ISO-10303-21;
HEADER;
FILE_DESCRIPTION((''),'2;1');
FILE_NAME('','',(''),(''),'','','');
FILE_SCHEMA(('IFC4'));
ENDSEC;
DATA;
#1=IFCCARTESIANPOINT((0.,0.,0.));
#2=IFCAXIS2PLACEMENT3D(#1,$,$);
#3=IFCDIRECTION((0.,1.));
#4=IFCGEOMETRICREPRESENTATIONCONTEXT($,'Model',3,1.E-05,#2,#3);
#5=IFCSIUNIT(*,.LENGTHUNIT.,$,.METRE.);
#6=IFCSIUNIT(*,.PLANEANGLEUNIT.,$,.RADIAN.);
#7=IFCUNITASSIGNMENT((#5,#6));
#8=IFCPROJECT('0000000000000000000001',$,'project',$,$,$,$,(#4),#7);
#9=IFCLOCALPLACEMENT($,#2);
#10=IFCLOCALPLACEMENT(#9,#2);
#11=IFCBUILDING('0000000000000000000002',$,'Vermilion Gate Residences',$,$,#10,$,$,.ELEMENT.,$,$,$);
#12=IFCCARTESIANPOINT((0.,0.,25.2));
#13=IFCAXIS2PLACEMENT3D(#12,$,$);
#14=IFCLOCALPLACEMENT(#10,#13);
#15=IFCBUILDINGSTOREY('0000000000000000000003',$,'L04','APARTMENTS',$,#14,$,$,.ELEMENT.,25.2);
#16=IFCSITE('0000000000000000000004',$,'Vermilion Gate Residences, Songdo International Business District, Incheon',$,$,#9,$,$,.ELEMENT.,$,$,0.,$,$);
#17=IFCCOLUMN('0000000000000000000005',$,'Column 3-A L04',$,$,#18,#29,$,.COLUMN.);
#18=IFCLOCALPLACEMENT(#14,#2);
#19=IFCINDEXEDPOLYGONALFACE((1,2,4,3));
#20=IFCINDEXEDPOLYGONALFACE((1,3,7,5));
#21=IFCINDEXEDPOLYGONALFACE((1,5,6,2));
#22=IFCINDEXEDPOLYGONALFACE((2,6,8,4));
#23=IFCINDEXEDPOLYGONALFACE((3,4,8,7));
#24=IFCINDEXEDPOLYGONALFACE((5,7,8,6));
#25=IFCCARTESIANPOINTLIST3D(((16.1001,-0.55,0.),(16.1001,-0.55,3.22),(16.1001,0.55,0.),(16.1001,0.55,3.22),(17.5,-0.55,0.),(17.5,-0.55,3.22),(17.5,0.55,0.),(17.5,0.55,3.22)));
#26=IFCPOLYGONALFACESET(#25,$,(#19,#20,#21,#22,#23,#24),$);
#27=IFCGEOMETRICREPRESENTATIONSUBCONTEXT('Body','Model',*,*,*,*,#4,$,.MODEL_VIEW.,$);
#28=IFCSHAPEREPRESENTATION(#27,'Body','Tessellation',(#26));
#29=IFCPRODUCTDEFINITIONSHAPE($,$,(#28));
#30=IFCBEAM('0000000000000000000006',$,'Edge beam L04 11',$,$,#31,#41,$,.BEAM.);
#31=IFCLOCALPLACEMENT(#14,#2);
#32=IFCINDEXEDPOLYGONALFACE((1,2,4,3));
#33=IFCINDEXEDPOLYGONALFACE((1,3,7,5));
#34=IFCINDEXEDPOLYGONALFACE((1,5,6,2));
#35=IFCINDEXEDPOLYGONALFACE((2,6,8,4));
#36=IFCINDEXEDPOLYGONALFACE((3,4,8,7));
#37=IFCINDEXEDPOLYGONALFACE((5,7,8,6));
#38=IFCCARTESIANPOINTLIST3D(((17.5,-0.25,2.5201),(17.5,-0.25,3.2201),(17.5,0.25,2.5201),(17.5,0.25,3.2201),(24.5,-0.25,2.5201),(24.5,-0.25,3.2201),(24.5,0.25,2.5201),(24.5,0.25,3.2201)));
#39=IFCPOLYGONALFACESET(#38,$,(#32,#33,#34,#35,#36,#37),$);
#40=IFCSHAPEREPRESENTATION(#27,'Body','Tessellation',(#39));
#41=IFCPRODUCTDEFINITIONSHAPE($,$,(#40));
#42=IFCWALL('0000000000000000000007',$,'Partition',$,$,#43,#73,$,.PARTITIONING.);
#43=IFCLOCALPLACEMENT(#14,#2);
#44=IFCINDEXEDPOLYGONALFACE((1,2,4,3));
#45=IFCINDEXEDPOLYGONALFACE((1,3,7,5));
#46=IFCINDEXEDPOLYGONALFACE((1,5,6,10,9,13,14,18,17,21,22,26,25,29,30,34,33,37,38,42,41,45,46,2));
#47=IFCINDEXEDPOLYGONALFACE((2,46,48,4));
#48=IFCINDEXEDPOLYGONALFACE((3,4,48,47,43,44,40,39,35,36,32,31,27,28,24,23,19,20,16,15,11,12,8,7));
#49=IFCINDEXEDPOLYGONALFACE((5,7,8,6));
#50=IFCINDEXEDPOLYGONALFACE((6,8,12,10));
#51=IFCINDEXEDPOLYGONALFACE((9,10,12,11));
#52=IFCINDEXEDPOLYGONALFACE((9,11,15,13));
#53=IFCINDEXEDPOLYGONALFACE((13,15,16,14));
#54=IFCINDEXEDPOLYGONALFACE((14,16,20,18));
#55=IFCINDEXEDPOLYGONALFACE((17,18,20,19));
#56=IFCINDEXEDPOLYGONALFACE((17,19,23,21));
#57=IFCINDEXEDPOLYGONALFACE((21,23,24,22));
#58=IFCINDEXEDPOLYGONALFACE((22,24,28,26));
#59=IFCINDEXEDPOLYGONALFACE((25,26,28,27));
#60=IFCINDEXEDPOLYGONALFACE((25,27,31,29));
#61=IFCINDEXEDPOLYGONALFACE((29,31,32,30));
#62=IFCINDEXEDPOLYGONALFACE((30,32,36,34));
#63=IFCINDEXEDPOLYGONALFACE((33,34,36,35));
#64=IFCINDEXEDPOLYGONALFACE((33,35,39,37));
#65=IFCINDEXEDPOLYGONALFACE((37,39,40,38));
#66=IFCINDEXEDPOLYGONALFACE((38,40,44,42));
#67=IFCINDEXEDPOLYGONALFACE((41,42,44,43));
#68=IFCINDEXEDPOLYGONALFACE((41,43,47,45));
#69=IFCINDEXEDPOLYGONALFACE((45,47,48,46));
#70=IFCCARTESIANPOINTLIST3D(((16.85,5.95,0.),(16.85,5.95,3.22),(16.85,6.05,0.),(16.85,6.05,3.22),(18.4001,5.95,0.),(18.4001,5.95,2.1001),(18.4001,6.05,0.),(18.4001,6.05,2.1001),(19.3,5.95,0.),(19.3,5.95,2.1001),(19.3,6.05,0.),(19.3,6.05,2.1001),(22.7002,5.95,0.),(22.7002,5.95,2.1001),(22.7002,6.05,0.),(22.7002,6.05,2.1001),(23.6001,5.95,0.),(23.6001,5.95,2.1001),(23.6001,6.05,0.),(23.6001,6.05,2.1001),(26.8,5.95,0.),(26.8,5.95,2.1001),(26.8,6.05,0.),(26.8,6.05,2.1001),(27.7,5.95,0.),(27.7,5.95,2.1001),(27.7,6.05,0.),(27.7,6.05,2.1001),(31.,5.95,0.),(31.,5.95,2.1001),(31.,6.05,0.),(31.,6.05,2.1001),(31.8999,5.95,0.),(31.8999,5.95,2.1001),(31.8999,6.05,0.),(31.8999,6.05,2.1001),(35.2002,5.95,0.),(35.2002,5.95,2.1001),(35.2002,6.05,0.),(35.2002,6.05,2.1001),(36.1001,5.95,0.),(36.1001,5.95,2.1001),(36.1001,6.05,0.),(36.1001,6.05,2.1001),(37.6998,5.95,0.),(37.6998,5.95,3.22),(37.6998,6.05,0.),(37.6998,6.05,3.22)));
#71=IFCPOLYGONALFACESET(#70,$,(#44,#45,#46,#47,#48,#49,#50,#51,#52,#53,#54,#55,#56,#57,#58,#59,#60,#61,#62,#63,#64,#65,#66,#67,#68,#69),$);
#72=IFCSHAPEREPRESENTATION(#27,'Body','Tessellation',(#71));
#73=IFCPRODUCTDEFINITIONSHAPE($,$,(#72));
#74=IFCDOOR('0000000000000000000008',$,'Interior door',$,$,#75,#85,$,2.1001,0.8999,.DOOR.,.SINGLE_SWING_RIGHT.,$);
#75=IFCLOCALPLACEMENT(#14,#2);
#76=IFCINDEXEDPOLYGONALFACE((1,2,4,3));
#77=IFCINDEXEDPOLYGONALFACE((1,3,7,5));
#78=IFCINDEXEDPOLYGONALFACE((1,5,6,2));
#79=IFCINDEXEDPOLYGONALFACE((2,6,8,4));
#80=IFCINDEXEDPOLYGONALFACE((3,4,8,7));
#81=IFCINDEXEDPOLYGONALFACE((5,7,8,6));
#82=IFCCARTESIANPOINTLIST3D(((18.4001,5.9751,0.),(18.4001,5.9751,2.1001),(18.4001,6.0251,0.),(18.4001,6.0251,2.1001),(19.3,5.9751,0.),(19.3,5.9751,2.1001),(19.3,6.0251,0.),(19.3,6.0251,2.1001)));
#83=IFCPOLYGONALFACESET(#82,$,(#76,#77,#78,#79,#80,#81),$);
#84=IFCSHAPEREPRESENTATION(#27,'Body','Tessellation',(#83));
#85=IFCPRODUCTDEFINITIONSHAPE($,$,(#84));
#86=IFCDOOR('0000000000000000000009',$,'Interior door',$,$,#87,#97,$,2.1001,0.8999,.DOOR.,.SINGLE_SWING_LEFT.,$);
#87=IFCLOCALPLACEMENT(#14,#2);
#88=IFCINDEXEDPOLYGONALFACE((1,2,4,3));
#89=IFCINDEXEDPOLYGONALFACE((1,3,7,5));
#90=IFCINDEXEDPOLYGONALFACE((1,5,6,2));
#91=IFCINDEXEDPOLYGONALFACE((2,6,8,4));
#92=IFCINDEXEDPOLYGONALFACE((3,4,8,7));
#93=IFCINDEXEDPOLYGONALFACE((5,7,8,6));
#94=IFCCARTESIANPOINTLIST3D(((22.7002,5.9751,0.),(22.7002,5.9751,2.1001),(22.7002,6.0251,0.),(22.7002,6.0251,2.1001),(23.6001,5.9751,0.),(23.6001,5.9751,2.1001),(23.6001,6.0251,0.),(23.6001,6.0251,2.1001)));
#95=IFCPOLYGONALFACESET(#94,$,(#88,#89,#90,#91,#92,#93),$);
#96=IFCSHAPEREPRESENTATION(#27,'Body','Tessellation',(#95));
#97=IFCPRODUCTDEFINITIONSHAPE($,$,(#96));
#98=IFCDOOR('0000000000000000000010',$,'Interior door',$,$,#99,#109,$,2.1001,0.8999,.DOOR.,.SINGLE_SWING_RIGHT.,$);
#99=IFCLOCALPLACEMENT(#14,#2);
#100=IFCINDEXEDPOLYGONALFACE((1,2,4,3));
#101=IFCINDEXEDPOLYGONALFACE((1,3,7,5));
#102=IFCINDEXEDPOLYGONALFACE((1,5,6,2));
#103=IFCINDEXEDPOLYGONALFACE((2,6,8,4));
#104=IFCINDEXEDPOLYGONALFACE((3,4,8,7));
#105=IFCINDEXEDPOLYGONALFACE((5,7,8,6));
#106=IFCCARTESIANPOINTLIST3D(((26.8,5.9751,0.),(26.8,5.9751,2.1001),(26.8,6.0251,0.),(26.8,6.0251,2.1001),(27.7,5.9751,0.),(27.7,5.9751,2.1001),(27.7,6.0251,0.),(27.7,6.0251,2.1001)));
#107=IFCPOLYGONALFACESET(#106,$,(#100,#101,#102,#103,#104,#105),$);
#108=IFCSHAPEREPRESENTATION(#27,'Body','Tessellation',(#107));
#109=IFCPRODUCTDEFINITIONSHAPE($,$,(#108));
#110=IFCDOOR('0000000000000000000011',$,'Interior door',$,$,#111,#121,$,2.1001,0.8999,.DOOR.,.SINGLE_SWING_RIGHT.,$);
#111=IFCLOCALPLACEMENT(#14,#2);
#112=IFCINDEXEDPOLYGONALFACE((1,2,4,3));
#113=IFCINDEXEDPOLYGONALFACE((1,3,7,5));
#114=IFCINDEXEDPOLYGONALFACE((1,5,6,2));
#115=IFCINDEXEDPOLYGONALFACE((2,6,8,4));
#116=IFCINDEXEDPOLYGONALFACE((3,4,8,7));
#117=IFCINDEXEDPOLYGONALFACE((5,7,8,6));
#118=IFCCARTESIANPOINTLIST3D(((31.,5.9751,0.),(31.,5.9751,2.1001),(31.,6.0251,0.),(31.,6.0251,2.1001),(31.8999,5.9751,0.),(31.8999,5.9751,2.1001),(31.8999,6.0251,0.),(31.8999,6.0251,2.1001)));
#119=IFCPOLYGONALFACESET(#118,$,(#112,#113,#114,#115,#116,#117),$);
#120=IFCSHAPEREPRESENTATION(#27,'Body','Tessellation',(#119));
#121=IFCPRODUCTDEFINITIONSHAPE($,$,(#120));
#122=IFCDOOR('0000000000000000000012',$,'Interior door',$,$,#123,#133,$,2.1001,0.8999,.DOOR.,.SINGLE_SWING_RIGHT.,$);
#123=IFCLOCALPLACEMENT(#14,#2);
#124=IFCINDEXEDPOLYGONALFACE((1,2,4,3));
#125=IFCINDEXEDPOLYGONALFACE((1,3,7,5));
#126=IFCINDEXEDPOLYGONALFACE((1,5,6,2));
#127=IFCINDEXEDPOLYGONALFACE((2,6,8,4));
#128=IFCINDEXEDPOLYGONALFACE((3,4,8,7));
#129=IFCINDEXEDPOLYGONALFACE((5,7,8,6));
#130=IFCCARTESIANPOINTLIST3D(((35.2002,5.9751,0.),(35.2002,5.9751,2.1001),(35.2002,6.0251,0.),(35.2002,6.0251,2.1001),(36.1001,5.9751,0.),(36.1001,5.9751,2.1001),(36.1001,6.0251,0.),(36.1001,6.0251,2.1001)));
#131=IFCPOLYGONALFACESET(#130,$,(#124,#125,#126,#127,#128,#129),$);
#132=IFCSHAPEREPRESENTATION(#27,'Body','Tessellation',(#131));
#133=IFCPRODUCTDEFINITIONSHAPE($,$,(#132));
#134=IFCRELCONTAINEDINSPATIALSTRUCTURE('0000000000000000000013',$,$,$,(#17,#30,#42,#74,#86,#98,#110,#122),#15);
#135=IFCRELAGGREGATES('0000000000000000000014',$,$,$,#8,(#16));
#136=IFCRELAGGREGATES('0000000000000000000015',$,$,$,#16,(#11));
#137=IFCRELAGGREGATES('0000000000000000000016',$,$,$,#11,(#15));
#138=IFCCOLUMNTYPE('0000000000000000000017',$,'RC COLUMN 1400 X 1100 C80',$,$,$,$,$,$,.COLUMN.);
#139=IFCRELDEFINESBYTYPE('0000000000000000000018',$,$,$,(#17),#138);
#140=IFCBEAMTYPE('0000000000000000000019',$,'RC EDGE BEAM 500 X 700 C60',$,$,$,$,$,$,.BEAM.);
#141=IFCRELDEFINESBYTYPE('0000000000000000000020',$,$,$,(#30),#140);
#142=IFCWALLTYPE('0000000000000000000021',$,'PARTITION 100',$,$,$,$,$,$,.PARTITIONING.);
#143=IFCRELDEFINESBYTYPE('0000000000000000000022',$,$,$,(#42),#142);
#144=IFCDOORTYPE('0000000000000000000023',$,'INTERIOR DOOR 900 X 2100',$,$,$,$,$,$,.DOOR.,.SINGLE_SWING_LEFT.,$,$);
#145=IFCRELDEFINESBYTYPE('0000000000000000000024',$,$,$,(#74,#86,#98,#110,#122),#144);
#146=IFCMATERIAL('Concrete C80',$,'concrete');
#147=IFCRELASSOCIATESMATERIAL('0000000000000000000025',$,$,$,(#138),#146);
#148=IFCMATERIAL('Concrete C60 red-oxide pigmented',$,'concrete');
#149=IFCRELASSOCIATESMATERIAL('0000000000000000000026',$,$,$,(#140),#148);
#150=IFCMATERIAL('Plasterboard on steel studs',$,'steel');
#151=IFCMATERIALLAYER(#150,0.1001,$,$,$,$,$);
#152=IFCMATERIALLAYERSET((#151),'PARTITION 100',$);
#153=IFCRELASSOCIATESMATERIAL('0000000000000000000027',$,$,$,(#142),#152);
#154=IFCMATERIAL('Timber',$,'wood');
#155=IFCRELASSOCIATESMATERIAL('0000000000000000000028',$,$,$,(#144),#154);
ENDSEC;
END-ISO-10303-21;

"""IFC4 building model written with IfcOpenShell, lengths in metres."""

from ifc_helpers import new_model, si_unit, direction, frame, frame_2d, origin, origin_2d, place, context, subcontext, project, spatial, rectangle, extrude, material, layer, layer_set, material_profile, profile_set, type_object, element, fill, save


model = new_model("IFC4")

# Units and contexts
model_context = context("Model", 3, precision=1e-05, world=origin(), true_north=direction((0.0, 1.0)))
body_context = subcontext(model_context, "Body", "Model", "MODEL_VIEW")
ifc_project = project(units=[si_unit("LENGTHUNIT", "METRE"), si_unit("PLANEANGLEUNIT", "RADIAN")], contexts=[model_context])

# Site, building, storey
site_placement = place(None, origin())
site = spatial("IfcSite", under=ifc_project, at=site_placement, Name="Vermilion Gate Residences, Songdo International Business District, Incheon", CompositionType="ELEMENT", RefElevation=0.0)
building_placement = place(site_placement, origin())
building = spatial("IfcBuilding", under=site, at=building_placement, Name="Vermilion Gate Residences", CompositionType="ELEMENT")
storey_placement = place(building_placement, frame((0.0, 0.0, 25.2)))
storey = spatial("IfcBuildingStorey", under=building, at=storey_placement, Name="L04", Description="APARTMENTS", CompositionType="ELEMENT", Elevation=25.2)

# Column
ifc_material_1 = material(Name="Concrete C80", Category="concrete")
ifc_material_profile_1 = material_profile(ifc_material_1, rectangle(XDim=1.3999, YDim=1.1001, at=origin_2d()), Name="RC-1400x1100")
ifc_profile_set_1 = profile_set([ifc_material_profile_1], Name="Concrete C80")
column_type = type_object("IfcColumnType", Name="RC COLUMN 1400 X 1100 C80", PredefinedType="COLUMN", material=ifc_profile_set_1)
column_placement = place(storey_placement, frame((16.8, 0.0, 0.0), z_axis=(0.0, 0.0, 1.0), x_axis=(1.0, 0.0, 0.0)))
element("IfcColumn", 1, at=column_placement, inside=storey, type_object=column_type, Name="Column 3-A L04", PredefinedType="COLUMN", context=body_context, shape_type="SweptSolid", body=[
    extrude(rectangle(XDim=1.3999, YDim=1.1001, at=origin_2d()), origin(), (0.0, 0.0, 1.0), 3.22),
])

# Beam
ifc_material_2 = material(Name="Concrete C60 red-oxide pigmented", Category="concrete")
ifc_material_profile_2 = material_profile(ifc_material_2, rectangle(XDim=0.5, YDim=0.7, at=origin_2d()), Name="RC-500x700")
ifc_profile_set_2 = profile_set([ifc_material_profile_2], Name="Concrete C60 red-oxide pigmented")
beam_type = type_object("IfcBeamType", Name="RC EDGE BEAM 500 X 700 C60", PredefinedType="BEAM", material=ifc_profile_set_2)
beam_placement = place(storey_placement, frame((17.5, 0.0, 2.8701), z_axis=(1.0, 0.0, 0.0), x_axis=(0.0, 1.0, 0.0)))
element("IfcBeam", 2, at=beam_placement, inside=storey, type_object=beam_type, Name="Edge beam L04 11", PredefinedType="BEAM", context=body_context, shape_type="SweptSolid", body=[
    extrude(rectangle(XDim=0.5, YDim=0.7, at=origin_2d()), origin(), (0.0, 0.0, 1.0), 7.0),
])

# Wall, openings, doors
ifc_material_3 = material(Name="Plasterboard on steel studs", Category="steel")
ifc_layer_1 = layer(ifc_material_3, 0.1001)
ifc_layer_set_1 = layer_set([ifc_layer_1], Name="PARTITION 100")
wall_type_1 = type_object("IfcWallType", Name="PARTITION 100", PredefinedType="PARTITIONING", material=ifc_layer_set_1)
wall_1_placement = place(storey_placement, frame((16.8501, 6.0, 0.0), z_axis=(0.0, 0.0, 1.0), x_axis=(1.0, 0.0, 0.0)))
wall_1 = element("IfcWall", 3, at=wall_1_placement, inside=storey, type_object=wall_type_1, Name="Partition", PredefinedType="PARTITIONING", context=body_context, shape_type="SweptSolid", body=[
    extrude(rectangle(XDim=20.8499, YDim=0.1001, at=frame_2d((10.4248, 0.0))), origin(), (0.0, 0.0, 1.0), 3.22),
])
opening_1_placement = place(wall_1_placement, frame((1.55, 0.0, 0.0)))
opening_1 = element("IfcOpeningElement", 4, at=opening_1_placement, cuts=wall_1, PredefinedType="OPENING", context=body_context, shape_type="SweptSolid", body=[
    extrude(rectangle(XDim=0.8999, YDim=2.1001, at=frame_2d((0.45, 1.05))), frame((0.0, 0.0601, 0.0), z_axis=(0.0, -1.0, 0.0), x_axis=(1.0, 0.0, 0.0)), (0.0, 0.0, 1.0), 0.1201),
])
opening_2_placement = place(wall_1_placement, frame((5.8501, 0.0, 0.0)))
opening_2 = element("IfcOpeningElement", 5, at=opening_2_placement, cuts=wall_1, PredefinedType="OPENING", context=body_context, shape_type="SweptSolid", body=[
    extrude(rectangle(XDim=0.8999, YDim=2.1001, at=frame_2d((0.45, 1.05))), frame((0.0, 0.0601, 0.0), z_axis=(0.0, -1.0, 0.0), x_axis=(1.0, 0.0, 0.0)), (0.0, 0.0, 1.0), 0.1201),
])
opening_3_placement = place(wall_1_placement, frame((9.95, 0.0, 0.0)))
opening_3 = element("IfcOpeningElement", 6, at=opening_3_placement, cuts=wall_1, PredefinedType="OPENING", context=body_context, shape_type="SweptSolid", body=[
    extrude(rectangle(XDim=0.8999, YDim=2.1001, at=frame_2d((0.45, 1.05))), frame((0.0, 0.0601, 0.0), z_axis=(0.0, -1.0, 0.0), x_axis=(1.0, 0.0, 0.0)), (0.0, 0.0, 1.0), 0.1201),
])
opening_4_placement = place(wall_1_placement, frame((14.1499, 0.0, 0.0)))
opening_4 = element("IfcOpeningElement", 7, at=opening_4_placement, cuts=wall_1, PredefinedType="OPENING", context=body_context, shape_type="SweptSolid", body=[
    extrude(rectangle(XDim=0.8999, YDim=2.1001, at=frame_2d((0.45, 1.05))), frame((0.0, 0.0601, 0.0), z_axis=(0.0, -1.0, 0.0), x_axis=(1.0, 0.0, 0.0)), (0.0, 0.0, 1.0), 0.1201),
])
opening_5_placement = place(wall_1_placement, frame((18.3501, 0.0, 0.0)))
opening_5 = element("IfcOpeningElement", 8, at=opening_5_placement, cuts=wall_1, PredefinedType="OPENING", context=body_context, shape_type="SweptSolid", body=[
    extrude(rectangle(XDim=0.8999, YDim=2.1001, at=frame_2d((0.45, 1.05))), frame((0.0, 0.0601, 0.0), z_axis=(0.0, -1.0, 0.0), x_axis=(1.0, 0.0, 0.0)), (0.0, 0.0, 1.0), 0.1201),
])
ifc_material_4 = material(Name="Timber", Category="wood")
door_type = type_object("IfcDoorType", Name="INTERIOR DOOR 900 X 2100", OperationType="SINGLE_SWING_LEFT", PredefinedType="DOOR", material=ifc_material_4)
door_1_placement = place(opening_1_placement, frame((0.8999, 0.0, 0.0), z_axis=(0.0, 0.0, 1.0), x_axis=(-1.0, 0.0, 0.0)))
door_1 = element("IfcDoor", 9, at=door_1_placement, inside=storey, type_object=door_type, Name="Interior door", OperationType="SINGLE_SWING_RIGHT", OverallHeight=2.1001, OverallWidth=0.8999, PredefinedType="DOOR", context=body_context, shape_type="SweptSolid", body=[
    extrude(rectangle(XDim=0.8999, YDim=2.1001, at=frame_2d((0.45, 1.05))), frame((0.0, 0.0249, 0.0), z_axis=(0.0, -1.0, 0.0), x_axis=(1.0, 0.0, 0.0)), (0.0, 0.0, 1.0), 0.05),
])
fill(opening_1, door_1)
door_2_placement = place(opening_2_placement, frame((0.8999, 0.0, 0.0), z_axis=(0.0, 0.0, 1.0), x_axis=(-1.0, 0.0, 0.0)))
door_2 = element("IfcDoor", 10, at=door_2_placement, inside=storey, type_object=door_type, Name="Interior door", OperationType="SINGLE_SWING_LEFT", OverallHeight=2.1001, OverallWidth=0.8999, PredefinedType="DOOR", context=body_context, shape_type="SweptSolid", body=[
    extrude(rectangle(XDim=0.8999, YDim=2.1001, at=frame_2d((0.45, 1.05))), frame((0.0, 0.0249, 0.0), z_axis=(0.0, -1.0, 0.0), x_axis=(1.0, 0.0, 0.0)), (0.0, 0.0, 1.0), 0.05),
])
fill(opening_2, door_2)
door_3_placement = place(opening_3_placement, frame((0.8999, 0.0, 0.0), z_axis=(0.0, 0.0, 1.0), x_axis=(-1.0, 0.0, 0.0)))
door_3 = element("IfcDoor", 11, at=door_3_placement, inside=storey, type_object=door_type, Name="Interior door", OperationType="SINGLE_SWING_RIGHT", OverallHeight=2.1001, OverallWidth=0.8999, PredefinedType="DOOR", context=body_context, shape_type="SweptSolid", body=[
    extrude(rectangle(XDim=0.8999, YDim=2.1001, at=frame_2d((0.45, 1.05))), frame((0.0, 0.0249, 0.0), z_axis=(0.0, -1.0, 0.0), x_axis=(1.0, 0.0, 0.0)), (0.0, 0.0, 1.0), 0.05),
])
fill(opening_3, door_3)
door_4_placement = place(opening_4_placement, frame((0.8999, 0.0, 0.0), z_axis=(0.0, 0.0, 1.0), x_axis=(-1.0, 0.0, 0.0)))
door_4 = element("IfcDoor", 12, at=door_4_placement, inside=storey, type_object=door_type, Name="Interior door", OperationType="SINGLE_SWING_RIGHT", OverallHeight=2.1001, OverallWidth=0.8999, PredefinedType="DOOR", context=body_context, shape_type="SweptSolid", body=[
    extrude(rectangle(XDim=0.8999, YDim=2.1001, at=frame_2d((0.45, 1.05))), frame((0.0, 0.0249, 0.0), z_axis=(0.0, -1.0, 0.0), x_axis=(1.0, 0.0, 0.0)), (0.0, 0.0, 1.0), 0.05),
])
fill(opening_4, door_4)
door_5_placement = place(opening_5_placement, frame((0.8999, 0.0, 0.0), z_axis=(0.0, 0.0, 1.0), x_axis=(-1.0, 0.0, 0.0)))
door_5 = element("IfcDoor", 13, at=door_5_placement, inside=storey, type_object=door_type, Name="Interior door", OperationType="SINGLE_SWING_RIGHT", OverallHeight=2.1001, OverallWidth=0.8999, PredefinedType="DOOR", context=body_context, shape_type="SweptSolid", body=[
    extrude(rectangle(XDim=0.8999, YDim=2.1001, at=frame_2d((0.45, 1.05))), frame((0.0, 0.0249, 0.0), z_axis=(0.0, -1.0, 0.0), x_axis=(1.0, 0.0, 0.0)), (0.0, 0.0, 1.0), 0.05),
])
fill(opening_5, door_5)

save(model, "model.ifc")
